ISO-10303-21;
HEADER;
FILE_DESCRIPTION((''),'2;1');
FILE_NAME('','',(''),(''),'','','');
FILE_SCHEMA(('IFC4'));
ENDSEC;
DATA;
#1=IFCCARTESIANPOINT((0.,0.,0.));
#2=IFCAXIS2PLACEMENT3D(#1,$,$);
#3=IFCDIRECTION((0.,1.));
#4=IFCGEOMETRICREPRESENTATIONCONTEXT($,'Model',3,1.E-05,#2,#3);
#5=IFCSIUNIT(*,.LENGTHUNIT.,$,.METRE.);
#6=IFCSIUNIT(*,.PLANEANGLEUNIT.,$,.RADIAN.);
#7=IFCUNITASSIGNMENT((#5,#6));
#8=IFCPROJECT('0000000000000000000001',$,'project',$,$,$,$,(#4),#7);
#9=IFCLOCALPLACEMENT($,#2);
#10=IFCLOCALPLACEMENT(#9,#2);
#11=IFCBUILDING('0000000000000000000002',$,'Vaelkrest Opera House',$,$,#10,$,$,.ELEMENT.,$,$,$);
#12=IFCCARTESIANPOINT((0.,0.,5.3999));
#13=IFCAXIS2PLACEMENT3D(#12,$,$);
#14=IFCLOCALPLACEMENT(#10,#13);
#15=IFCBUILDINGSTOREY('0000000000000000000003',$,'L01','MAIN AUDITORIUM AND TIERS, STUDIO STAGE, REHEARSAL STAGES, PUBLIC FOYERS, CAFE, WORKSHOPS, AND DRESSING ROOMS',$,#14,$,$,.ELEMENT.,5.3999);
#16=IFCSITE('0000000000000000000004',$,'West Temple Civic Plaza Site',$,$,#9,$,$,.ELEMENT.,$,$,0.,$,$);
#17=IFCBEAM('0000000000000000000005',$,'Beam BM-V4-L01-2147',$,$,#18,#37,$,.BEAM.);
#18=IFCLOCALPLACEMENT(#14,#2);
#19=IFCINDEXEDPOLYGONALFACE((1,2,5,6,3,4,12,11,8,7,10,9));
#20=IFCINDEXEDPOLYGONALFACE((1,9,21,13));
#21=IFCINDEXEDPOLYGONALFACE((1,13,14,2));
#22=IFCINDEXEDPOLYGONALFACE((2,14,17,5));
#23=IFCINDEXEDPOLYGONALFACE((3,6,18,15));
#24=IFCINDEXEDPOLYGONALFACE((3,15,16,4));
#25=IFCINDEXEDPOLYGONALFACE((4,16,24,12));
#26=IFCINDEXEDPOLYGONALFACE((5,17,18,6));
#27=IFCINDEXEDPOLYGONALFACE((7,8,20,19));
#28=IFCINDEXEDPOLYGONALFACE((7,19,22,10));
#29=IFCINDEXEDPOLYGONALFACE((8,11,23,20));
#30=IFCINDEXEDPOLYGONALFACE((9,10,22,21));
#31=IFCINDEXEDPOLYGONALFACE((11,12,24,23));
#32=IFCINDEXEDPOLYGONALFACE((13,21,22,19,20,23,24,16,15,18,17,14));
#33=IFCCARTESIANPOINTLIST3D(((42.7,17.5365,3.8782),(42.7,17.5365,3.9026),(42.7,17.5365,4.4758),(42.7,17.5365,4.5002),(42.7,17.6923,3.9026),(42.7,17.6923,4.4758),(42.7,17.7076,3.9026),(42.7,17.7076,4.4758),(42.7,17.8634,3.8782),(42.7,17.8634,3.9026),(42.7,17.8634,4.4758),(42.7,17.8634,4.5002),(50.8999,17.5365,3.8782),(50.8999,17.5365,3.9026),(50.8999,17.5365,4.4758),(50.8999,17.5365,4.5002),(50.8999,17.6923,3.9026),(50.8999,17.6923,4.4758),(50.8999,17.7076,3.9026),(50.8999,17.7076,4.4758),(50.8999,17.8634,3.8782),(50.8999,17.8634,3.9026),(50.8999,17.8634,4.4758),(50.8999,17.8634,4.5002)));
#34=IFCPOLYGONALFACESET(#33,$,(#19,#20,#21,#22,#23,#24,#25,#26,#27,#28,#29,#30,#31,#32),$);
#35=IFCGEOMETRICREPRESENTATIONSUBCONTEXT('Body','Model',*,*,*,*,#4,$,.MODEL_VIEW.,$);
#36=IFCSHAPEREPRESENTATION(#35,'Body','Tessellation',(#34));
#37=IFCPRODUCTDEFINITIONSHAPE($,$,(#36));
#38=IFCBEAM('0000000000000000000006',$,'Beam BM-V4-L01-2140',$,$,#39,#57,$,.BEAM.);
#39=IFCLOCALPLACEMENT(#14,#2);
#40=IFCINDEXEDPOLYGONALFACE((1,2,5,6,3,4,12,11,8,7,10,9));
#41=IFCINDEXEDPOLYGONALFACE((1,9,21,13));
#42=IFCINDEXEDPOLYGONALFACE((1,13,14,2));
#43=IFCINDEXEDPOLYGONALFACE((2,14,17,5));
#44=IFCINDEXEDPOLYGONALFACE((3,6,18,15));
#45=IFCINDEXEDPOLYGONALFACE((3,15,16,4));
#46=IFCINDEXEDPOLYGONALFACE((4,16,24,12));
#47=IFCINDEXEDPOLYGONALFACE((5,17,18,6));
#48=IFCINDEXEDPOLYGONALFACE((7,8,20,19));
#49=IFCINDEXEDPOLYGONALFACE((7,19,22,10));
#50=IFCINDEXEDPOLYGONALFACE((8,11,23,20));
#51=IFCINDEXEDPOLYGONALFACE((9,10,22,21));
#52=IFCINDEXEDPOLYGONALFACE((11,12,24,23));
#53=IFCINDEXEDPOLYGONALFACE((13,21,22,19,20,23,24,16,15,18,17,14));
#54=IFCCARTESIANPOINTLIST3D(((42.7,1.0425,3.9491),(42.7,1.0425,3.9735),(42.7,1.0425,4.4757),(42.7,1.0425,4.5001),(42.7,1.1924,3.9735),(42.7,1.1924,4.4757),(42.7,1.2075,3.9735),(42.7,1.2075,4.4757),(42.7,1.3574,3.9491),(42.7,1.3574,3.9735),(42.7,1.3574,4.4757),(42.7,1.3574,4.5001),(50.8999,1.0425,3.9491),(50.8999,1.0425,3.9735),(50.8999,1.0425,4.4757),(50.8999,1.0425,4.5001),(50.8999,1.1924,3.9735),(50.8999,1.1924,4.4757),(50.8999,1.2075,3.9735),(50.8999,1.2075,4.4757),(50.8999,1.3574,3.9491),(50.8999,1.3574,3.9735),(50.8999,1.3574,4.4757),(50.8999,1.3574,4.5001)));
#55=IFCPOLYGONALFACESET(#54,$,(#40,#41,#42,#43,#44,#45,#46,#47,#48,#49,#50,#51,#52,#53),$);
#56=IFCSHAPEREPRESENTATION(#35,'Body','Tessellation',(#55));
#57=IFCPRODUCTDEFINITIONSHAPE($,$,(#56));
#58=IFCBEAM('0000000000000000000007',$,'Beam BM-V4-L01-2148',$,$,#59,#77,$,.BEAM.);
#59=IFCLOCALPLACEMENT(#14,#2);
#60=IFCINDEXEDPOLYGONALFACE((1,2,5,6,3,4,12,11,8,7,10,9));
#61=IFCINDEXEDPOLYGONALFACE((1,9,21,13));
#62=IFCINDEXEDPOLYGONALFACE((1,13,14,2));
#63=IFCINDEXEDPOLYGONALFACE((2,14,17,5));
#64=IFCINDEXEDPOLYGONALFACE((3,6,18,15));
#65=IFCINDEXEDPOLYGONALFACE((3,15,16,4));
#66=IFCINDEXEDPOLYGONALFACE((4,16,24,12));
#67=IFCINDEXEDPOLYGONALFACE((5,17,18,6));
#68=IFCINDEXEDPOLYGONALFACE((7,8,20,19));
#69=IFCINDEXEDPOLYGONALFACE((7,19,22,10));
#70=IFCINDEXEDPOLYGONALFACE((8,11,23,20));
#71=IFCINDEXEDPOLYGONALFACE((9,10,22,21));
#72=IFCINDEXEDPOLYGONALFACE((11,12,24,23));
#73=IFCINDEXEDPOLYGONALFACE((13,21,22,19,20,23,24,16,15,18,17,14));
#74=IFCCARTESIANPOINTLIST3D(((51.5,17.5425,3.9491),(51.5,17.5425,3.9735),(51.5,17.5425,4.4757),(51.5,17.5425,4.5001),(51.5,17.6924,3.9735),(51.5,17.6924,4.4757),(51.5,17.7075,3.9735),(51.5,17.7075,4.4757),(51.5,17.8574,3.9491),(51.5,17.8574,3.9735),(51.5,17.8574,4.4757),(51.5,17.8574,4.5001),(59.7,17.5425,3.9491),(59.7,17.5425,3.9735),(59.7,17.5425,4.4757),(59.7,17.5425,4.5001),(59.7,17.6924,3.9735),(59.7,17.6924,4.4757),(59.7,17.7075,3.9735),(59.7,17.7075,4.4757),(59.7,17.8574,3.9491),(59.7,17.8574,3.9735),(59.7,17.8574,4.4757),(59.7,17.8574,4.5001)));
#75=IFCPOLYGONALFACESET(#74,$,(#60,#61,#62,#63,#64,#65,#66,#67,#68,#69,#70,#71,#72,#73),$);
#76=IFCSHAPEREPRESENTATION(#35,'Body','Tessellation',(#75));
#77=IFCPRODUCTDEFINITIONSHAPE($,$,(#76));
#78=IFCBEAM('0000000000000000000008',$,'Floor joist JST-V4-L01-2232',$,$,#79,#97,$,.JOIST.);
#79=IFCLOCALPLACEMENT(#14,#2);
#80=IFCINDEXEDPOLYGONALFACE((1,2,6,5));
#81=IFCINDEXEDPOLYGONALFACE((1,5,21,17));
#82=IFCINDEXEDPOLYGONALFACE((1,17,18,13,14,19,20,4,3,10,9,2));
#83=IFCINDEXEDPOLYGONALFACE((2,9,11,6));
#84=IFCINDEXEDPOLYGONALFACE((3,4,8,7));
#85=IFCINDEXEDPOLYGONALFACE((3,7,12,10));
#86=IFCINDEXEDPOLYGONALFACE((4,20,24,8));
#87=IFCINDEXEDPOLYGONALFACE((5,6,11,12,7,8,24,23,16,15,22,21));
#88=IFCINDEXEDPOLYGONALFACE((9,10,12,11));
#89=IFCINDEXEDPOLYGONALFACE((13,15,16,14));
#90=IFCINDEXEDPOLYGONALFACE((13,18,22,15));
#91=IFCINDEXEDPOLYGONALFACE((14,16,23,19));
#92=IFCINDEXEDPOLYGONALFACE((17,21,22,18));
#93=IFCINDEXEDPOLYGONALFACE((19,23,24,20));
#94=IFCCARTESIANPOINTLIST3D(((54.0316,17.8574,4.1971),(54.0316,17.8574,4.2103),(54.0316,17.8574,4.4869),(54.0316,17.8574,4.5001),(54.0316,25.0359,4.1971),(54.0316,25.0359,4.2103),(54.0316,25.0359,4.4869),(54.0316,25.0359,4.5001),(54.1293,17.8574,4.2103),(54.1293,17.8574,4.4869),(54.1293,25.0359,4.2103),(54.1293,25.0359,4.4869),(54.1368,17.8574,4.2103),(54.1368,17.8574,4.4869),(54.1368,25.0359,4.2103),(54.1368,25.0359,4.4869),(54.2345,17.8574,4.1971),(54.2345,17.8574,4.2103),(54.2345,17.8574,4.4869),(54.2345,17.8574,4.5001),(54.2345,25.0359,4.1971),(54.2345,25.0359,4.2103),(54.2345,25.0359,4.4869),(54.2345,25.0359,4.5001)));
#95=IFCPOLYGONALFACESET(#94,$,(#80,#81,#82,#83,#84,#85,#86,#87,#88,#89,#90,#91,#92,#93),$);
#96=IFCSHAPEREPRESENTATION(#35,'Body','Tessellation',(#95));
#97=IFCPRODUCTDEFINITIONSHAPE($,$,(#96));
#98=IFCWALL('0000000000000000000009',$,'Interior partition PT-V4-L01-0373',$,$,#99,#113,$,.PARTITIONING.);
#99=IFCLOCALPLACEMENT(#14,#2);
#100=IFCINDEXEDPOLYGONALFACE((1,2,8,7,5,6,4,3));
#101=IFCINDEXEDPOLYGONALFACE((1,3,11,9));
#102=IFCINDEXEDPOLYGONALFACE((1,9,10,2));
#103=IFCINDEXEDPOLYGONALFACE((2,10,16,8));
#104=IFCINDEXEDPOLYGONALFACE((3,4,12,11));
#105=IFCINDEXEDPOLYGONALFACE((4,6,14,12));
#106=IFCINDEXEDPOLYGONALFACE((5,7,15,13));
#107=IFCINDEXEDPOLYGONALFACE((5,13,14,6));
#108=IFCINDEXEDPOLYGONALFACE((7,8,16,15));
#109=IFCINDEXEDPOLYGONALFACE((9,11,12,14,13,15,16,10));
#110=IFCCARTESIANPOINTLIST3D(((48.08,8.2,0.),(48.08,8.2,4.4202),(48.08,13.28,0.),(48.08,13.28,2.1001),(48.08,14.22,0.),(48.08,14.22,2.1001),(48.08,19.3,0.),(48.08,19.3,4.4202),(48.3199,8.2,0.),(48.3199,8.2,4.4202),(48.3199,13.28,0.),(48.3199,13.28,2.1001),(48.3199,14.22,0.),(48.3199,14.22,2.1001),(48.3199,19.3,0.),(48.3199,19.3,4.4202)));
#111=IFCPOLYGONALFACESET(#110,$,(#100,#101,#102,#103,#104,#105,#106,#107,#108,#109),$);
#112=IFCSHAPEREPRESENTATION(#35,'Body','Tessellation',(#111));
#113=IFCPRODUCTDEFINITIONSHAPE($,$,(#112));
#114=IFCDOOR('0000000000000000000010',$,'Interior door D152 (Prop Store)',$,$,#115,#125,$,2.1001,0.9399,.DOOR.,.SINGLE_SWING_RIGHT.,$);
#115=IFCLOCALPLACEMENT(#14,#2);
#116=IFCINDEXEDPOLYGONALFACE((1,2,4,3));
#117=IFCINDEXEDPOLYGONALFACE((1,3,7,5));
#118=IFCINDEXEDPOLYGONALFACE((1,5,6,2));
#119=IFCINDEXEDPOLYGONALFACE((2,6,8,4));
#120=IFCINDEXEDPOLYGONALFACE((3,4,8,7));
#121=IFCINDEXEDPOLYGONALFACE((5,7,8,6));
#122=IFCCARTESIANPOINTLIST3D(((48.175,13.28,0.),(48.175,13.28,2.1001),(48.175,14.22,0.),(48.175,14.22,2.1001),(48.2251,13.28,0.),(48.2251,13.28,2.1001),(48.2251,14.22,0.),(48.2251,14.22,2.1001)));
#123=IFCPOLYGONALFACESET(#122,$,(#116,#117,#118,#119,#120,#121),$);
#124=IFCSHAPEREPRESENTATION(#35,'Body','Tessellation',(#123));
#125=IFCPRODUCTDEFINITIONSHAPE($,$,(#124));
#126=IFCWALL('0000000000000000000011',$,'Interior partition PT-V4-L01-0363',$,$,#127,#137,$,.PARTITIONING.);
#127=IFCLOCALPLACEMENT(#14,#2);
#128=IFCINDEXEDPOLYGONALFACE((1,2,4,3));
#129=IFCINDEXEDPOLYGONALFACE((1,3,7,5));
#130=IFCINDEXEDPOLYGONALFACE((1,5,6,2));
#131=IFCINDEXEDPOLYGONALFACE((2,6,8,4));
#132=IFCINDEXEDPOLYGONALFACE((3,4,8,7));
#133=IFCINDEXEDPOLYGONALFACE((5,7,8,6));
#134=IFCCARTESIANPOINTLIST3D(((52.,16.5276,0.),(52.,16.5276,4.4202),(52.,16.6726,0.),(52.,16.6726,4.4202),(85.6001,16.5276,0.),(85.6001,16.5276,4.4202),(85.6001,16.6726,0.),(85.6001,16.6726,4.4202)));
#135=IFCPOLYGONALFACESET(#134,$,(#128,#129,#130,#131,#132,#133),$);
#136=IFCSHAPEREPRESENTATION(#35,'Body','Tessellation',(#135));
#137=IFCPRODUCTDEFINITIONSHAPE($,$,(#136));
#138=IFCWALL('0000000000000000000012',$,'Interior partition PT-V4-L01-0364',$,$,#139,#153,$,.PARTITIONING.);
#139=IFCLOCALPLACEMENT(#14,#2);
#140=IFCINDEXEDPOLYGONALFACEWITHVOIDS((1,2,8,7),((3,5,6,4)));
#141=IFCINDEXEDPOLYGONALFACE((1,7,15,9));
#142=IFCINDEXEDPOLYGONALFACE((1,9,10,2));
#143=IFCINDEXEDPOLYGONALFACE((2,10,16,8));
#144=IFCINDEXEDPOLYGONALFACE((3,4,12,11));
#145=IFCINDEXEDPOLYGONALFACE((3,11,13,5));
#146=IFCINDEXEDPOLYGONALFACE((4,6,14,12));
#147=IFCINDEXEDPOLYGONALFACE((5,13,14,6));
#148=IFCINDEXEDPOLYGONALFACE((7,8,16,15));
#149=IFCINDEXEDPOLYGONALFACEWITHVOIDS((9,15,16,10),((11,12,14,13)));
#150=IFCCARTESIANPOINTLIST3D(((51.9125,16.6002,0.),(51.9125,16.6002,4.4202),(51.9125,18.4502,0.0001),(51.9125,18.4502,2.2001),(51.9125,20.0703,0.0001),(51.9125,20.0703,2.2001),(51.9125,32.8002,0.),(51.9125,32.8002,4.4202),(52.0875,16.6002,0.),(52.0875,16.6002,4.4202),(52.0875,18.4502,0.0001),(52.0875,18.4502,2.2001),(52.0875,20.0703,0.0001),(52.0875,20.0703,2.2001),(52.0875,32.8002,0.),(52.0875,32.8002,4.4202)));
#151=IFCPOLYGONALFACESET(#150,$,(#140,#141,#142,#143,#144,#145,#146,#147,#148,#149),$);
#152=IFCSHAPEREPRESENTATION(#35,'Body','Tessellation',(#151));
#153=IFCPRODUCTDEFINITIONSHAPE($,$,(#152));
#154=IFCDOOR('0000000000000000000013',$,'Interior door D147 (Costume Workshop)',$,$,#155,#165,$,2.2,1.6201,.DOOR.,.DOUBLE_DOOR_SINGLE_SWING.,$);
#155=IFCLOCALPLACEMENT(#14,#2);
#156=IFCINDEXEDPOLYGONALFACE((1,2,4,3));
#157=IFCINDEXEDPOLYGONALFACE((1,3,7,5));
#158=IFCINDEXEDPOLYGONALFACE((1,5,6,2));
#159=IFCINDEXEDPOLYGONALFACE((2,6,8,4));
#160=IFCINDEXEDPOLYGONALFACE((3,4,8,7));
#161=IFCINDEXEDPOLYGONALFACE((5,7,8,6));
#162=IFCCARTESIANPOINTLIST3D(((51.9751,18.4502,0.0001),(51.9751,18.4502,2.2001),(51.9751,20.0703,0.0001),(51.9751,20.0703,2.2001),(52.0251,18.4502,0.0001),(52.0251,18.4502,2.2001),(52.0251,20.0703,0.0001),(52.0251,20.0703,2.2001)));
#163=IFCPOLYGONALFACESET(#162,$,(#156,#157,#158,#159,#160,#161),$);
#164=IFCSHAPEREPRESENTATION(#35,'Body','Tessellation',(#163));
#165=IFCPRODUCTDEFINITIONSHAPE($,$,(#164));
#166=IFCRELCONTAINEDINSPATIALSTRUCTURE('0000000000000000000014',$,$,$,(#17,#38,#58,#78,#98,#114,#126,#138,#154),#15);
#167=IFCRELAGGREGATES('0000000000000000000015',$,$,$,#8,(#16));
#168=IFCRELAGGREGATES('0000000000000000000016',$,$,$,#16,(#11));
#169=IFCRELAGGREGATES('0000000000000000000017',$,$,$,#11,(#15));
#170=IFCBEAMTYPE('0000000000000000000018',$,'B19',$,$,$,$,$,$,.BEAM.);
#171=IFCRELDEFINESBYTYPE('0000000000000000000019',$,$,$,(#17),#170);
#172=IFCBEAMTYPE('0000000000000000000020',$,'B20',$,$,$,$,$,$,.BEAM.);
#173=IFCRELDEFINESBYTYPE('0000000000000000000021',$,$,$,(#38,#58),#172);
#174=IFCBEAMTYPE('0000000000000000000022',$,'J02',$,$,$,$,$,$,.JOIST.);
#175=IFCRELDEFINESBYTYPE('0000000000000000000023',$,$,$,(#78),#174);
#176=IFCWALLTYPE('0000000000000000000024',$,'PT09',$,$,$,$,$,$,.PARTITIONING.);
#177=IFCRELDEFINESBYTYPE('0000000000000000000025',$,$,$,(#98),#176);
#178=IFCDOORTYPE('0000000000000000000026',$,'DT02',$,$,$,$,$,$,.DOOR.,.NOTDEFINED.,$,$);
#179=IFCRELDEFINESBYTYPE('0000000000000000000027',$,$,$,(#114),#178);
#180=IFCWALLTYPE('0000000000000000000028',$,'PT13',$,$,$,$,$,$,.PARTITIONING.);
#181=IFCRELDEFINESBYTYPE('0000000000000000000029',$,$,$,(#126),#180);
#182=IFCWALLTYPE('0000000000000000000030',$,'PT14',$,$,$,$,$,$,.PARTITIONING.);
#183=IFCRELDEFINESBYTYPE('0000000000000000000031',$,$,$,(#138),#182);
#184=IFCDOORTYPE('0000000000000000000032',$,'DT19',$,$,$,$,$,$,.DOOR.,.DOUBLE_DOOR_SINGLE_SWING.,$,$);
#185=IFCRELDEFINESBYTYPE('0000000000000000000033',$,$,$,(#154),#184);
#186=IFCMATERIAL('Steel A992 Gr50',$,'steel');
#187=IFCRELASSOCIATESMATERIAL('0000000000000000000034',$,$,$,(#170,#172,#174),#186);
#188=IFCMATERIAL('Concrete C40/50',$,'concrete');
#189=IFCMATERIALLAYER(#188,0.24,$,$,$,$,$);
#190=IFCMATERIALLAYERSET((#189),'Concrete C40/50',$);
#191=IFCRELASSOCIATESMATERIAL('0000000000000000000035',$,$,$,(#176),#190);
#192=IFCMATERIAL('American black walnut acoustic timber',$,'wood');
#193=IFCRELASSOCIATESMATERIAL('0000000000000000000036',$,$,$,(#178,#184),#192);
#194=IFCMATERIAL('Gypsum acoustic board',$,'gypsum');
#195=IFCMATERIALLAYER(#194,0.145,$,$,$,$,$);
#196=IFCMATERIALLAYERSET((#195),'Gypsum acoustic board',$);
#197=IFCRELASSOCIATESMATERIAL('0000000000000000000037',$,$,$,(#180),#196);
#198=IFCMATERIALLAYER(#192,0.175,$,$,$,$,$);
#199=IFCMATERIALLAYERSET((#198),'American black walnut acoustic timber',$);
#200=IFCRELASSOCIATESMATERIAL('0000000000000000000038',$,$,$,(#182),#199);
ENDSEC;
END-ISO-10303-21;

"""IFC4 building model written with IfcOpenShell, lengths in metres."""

from ifc_helpers import new_model, si_unit, direction, frame, frame_2d, origin, origin_2d, place, context, subcontext, project, spatial, rectangle, i_section, extrude, material, layer, layer_set, material_profile, profile_set, type_object, element, fill, save


model = new_model("IFC4")

# Units and contexts
model_context = context("Model", 3, precision=1e-05, world=origin(), true_north=direction((0.0, 1.0)))
body_context = subcontext(model_context, "Body", "Model", "MODEL_VIEW")
ifc_project = project(units=[si_unit("LENGTHUNIT", "METRE"), si_unit("PLANEANGLEUNIT", "RADIAN")], contexts=[model_context])

# Site, building, storey
site_placement = place(None, origin())
site = spatial("IfcSite", under=ifc_project, at=site_placement, Name="West Temple Civic Plaza Site", CompositionType="ELEMENT", RefElevation=0.0)
building_placement = place(site_placement, origin())
building = spatial("IfcBuilding", under=site, at=building_placement, Name="Vaelkrest Opera House", CompositionType="ELEMENT")
storey_placement = place(building_placement, frame((0.0, 0.0, 5.3999)))
storey = spatial("IfcBuildingStorey", under=building, at=storey_placement, Name="L01", Description="MAIN AUDITORIUM AND TIERS, STUDIO STAGE, REHEARSAL STAGES, PUBLIC FOYERS, CAFE, WORKSHOPS, AND DRESSING ROOMS", CompositionType="ELEMENT", Elevation=5.3999)

# Beams
ifc_material_1 = material(Name="Steel A992 Gr50", Category="steel")
ifc_material_profile_1 = material_profile(ifc_material_1, i_section(OverallWidth=0.3269, OverallDepth=0.6221, WebThickness=0.0154, FlangeThickness=0.0244, at=origin_2d()), Name="W24X131")
ifc_profile_set_1 = profile_set([ifc_material_profile_1], Name="Steel A992 Gr50")
beam_type_1 = type_object("IfcBeamType", Name="B19", PredefinedType="BEAM", material=ifc_profile_set_1)
beam_1_placement = place(storey_placement, frame((42.7, 17.7, 4.1892), z_axis=(1.0, 0.0, 0.0), x_axis=(0.0, 1.0, 0.0)))
element("IfcBeam", 1, at=beam_1_placement, inside=storey, type_object=beam_type_1, Name="Beam BM-V4-L01-2147", PredefinedType="BEAM", context=body_context, shape_type="SweptSolid", body=[
    extrude(i_section(OverallWidth=0.3269, OverallDepth=0.6221, WebThickness=0.0154, FlangeThickness=0.0244, at=origin_2d()), origin(), (0.0, 0.0, 1.0), 8.2),
])
ifc_material_profile_2 = material_profile(ifc_material_1, i_section(OverallWidth=0.3149, OverallDepth=0.551, WebThickness=0.0151, FlangeThickness=0.0244, at=origin_2d()), Name="W21X122")
ifc_profile_set_2 = profile_set([ifc_material_profile_2], Name="Steel A992 Gr50")
beam_type_2 = type_object("IfcBeamType", Name="B20", PredefinedType="BEAM", material=ifc_profile_set_2)
for number, where, z_axis, x_axis, name in (
    (2, (42.7, 1.2, 4.2246), (1.0, 0.0, 0.0), (0.0, 1.0, 0.0), "Beam BM-V4-L01-2140"),
    (3, (51.5, 17.7, 4.2246), (1.0, 0.0, 0.0), (0.0, 1.0, 0.0), "Beam BM-V4-L01-2148"),
):
    element("IfcBeam", number, at=place(storey_placement, frame(where, z_axis=z_axis, x_axis=x_axis)), inside=storey, type_object=beam_type_2, Name=name, PredefinedType="BEAM", context=body_context, shape_type="SweptSolid", body=[
        extrude(i_section(OverallWidth=0.3149, OverallDepth=0.551, WebThickness=0.0151, FlangeThickness=0.0244, at=origin_2d()), origin(), (0.0, 0.0, 1.0), 8.2),
    ])
ifc_material_profile_3 = material_profile(ifc_material_1, i_section(OverallWidth=0.2029, OverallDepth=0.303, WebThickness=0.0076, FlangeThickness=0.0132, at=origin_2d()), Name="W12X40")
ifc_profile_set_3 = profile_set([ifc_material_profile_3], Name="Steel A992 Gr50")
beam_type_3 = type_object("IfcBeamType", Name="J02", PredefinedType="JOIST", material=ifc_profile_set_3)
beam_2_placement = place(storey_placement, frame((54.1331, 17.8574, 4.3486), z_axis=(0.0, 1.0, 0.0), x_axis=(-1.0, 0.0, 0.0)))
element("IfcBeam", 4, at=beam_2_placement, inside=storey, type_object=beam_type_3, Name="Floor joist JST-V4-L01-2232", PredefinedType="JOIST", context=body_context, shape_type="SweptSolid", body=[
    extrude(i_section(OverallWidth=0.2029, OverallDepth=0.303, WebThickness=0.0076, FlangeThickness=0.0132, at=origin_2d()), origin(), (0.0, 0.0, 1.0), 7.1785),
])

# Wall, opening, door
ifc_material_2 = material(Name="Concrete C40/50", Category="concrete")
ifc_layer_1 = layer(ifc_material_2, 0.24)
ifc_layer_set_1 = layer_set([ifc_layer_1], Name="Concrete C40/50")
wall_type_1 = type_object("IfcWallType", Name="PT09", PredefinedType="PARTITIONING", material=ifc_layer_set_1)
wall_1_placement = place(storey_placement, frame((48.2, 8.2, 0.0), z_axis=(0.0, 0.0, 1.0), x_axis=(0.0, 1.0, 0.0)))
wall_1 = element("IfcWall", 5, at=wall_1_placement, inside=storey, type_object=wall_type_1, Name="Interior partition PT-V4-L01-0373", PredefinedType="PARTITIONING", context=body_context, shape_type="SweptSolid", body=[
    extrude(rectangle(XDim=11.1001, YDim=0.24, at=frame_2d((5.55, 0.0))), origin(), (0.0, 0.0, 1.0), 4.4202),
])
opening_1_placement = place(wall_1_placement, frame((5.0801, 0.0, 0.0)))
opening_1 = element("IfcOpeningElement", 6, at=opening_1_placement, cuts=wall_1, PredefinedType="OPENING", context=body_context, shape_type="SweptSolid", body=[
    extrude(rectangle(XDim=0.9399, YDim=2.1001, at=frame_2d((0.47, 1.05))), frame((0.0, 0.1299, 0.0), z_axis=(0.0, -1.0, 0.0), x_axis=(1.0, 0.0, 0.0)), (0.0, 0.0, 1.0), 0.26),
])
ifc_material_3 = material(Name="American black walnut acoustic timber", Category="wood")
door_type_1 = type_object("IfcDoorType", Name="DT02", OperationType="NOTDEFINED", PredefinedType="DOOR", material=ifc_material_3)
door_1_placement = place(opening_1_placement, origin())
door_1 = element("IfcDoor", 7, at=door_1_placement, inside=storey, type_object=door_type_1, Name="Interior door D152 (Prop Store)", OperationType="SINGLE_SWING_RIGHT", OverallHeight=2.1001, OverallWidth=0.9399, PredefinedType="DOOR", context=body_context, shape_type="SweptSolid", body=[
    extrude(rectangle(XDim=0.9399, YDim=2.1001, at=frame_2d((0.47, 1.05))), frame((0.0, 0.0249, 0.0), z_axis=(0.0, -1.0, 0.0), x_axis=(1.0, 0.0, 0.0)), (0.0, 0.0, 1.0), 0.05),
])
fill(opening_1, door_1)

# Wall
ifc_material_4 = material(Name="Gypsum acoustic board", Category="gypsum")
ifc_layer_2 = layer(ifc_material_4, 0.145)
ifc_layer_set_2 = layer_set([ifc_layer_2], Name="Gypsum acoustic board")
wall_type_2 = type_object("IfcWallType", Name="PT13", PredefinedType="PARTITIONING", material=ifc_layer_set_2)
wall_2_placement = place(storey_placement, frame((52.0, 16.6001, 0.0), z_axis=(0.0, 0.0, 1.0), x_axis=(1.0, 0.0, 0.0)))
element("IfcWall", 8, at=wall_2_placement, inside=storey, type_object=wall_type_2, Name="Interior partition PT-V4-L01-0363", PredefinedType="PARTITIONING", context=body_context, shape_type="SweptSolid", body=[
    extrude(rectangle(XDim=33.6001, YDim=0.145, at=frame_2d((16.8, 0.0))), origin(), (0.0, 0.0, 1.0), 4.4202),
])

# Wall, opening, door
ifc_layer_3 = layer(ifc_material_3, 0.175)
ifc_layer_set_3 = layer_set([ifc_layer_3], Name="American black walnut acoustic timber")
wall_type_3 = type_object("IfcWallType", Name="PT14", PredefinedType="PARTITIONING", material=ifc_layer_set_3)
wall_3_placement = place(storey_placement, frame((52.0, 16.6001, 0.0), z_axis=(0.0, 0.0, 1.0), x_axis=(0.0, 1.0, 0.0)))
wall_3 = element("IfcWall", 9, at=wall_3_placement, inside=storey, type_object=wall_type_3, Name="Interior partition PT-V4-L01-0364", PredefinedType="PARTITIONING", context=body_context, shape_type="SweptSolid", body=[
    extrude(rectangle(XDim=16.2, YDim=0.175, at=frame_2d((8.1001, 0.0))), origin(), (0.0, 0.0, 1.0), 4.4202),
])
opening_2_placement = place(wall_3_placement, frame((1.8501, 0.0, 0.0)))
opening_2 = element("IfcOpeningElement", 10, at=opening_2_placement, cuts=wall_3, PredefinedType="OPENING", context=body_context, shape_type="SweptSolid", body=[
    extrude(rectangle(XDim=1.6201, YDim=2.2, at=frame_2d((0.8101, 1.1001))), frame((0.0, 0.0974, 0.0), z_axis=(0.0, -1.0, 0.0), x_axis=(1.0, 0.0, 0.0)), (0.0, 0.0, 1.0), 0.1951),
])
door_type_2 = type_object("IfcDoorType", Name="DT19", OperationType="DOUBLE_DOOR_SINGLE_SWING", PredefinedType="DOOR", material=ifc_material_3)
door_2_placement = place(opening_2_placement, origin())
door_2 = element("IfcDoor", 11, at=door_2_placement, inside=storey, type_object=door_type_2, Name="Interior door D147 (Costume Workshop)", OperationType="DOUBLE_DOOR_SINGLE_SWING", OverallHeight=2.2, OverallWidth=1.6201, PredefinedType="DOOR", context=body_context, shape_type="SweptSolid", body=[
    extrude(rectangle(XDim=1.6201, YDim=2.2, at=frame_2d((0.8101, 1.1001))), frame((0.0, 0.0249, 0.0), z_axis=(0.0, -1.0, 0.0), x_axis=(1.0, 0.0, 0.0)), (0.0, 0.0, 1.0), 0.05),
])
fill(opening_2, door_2)

save(model, "model.ifc")
